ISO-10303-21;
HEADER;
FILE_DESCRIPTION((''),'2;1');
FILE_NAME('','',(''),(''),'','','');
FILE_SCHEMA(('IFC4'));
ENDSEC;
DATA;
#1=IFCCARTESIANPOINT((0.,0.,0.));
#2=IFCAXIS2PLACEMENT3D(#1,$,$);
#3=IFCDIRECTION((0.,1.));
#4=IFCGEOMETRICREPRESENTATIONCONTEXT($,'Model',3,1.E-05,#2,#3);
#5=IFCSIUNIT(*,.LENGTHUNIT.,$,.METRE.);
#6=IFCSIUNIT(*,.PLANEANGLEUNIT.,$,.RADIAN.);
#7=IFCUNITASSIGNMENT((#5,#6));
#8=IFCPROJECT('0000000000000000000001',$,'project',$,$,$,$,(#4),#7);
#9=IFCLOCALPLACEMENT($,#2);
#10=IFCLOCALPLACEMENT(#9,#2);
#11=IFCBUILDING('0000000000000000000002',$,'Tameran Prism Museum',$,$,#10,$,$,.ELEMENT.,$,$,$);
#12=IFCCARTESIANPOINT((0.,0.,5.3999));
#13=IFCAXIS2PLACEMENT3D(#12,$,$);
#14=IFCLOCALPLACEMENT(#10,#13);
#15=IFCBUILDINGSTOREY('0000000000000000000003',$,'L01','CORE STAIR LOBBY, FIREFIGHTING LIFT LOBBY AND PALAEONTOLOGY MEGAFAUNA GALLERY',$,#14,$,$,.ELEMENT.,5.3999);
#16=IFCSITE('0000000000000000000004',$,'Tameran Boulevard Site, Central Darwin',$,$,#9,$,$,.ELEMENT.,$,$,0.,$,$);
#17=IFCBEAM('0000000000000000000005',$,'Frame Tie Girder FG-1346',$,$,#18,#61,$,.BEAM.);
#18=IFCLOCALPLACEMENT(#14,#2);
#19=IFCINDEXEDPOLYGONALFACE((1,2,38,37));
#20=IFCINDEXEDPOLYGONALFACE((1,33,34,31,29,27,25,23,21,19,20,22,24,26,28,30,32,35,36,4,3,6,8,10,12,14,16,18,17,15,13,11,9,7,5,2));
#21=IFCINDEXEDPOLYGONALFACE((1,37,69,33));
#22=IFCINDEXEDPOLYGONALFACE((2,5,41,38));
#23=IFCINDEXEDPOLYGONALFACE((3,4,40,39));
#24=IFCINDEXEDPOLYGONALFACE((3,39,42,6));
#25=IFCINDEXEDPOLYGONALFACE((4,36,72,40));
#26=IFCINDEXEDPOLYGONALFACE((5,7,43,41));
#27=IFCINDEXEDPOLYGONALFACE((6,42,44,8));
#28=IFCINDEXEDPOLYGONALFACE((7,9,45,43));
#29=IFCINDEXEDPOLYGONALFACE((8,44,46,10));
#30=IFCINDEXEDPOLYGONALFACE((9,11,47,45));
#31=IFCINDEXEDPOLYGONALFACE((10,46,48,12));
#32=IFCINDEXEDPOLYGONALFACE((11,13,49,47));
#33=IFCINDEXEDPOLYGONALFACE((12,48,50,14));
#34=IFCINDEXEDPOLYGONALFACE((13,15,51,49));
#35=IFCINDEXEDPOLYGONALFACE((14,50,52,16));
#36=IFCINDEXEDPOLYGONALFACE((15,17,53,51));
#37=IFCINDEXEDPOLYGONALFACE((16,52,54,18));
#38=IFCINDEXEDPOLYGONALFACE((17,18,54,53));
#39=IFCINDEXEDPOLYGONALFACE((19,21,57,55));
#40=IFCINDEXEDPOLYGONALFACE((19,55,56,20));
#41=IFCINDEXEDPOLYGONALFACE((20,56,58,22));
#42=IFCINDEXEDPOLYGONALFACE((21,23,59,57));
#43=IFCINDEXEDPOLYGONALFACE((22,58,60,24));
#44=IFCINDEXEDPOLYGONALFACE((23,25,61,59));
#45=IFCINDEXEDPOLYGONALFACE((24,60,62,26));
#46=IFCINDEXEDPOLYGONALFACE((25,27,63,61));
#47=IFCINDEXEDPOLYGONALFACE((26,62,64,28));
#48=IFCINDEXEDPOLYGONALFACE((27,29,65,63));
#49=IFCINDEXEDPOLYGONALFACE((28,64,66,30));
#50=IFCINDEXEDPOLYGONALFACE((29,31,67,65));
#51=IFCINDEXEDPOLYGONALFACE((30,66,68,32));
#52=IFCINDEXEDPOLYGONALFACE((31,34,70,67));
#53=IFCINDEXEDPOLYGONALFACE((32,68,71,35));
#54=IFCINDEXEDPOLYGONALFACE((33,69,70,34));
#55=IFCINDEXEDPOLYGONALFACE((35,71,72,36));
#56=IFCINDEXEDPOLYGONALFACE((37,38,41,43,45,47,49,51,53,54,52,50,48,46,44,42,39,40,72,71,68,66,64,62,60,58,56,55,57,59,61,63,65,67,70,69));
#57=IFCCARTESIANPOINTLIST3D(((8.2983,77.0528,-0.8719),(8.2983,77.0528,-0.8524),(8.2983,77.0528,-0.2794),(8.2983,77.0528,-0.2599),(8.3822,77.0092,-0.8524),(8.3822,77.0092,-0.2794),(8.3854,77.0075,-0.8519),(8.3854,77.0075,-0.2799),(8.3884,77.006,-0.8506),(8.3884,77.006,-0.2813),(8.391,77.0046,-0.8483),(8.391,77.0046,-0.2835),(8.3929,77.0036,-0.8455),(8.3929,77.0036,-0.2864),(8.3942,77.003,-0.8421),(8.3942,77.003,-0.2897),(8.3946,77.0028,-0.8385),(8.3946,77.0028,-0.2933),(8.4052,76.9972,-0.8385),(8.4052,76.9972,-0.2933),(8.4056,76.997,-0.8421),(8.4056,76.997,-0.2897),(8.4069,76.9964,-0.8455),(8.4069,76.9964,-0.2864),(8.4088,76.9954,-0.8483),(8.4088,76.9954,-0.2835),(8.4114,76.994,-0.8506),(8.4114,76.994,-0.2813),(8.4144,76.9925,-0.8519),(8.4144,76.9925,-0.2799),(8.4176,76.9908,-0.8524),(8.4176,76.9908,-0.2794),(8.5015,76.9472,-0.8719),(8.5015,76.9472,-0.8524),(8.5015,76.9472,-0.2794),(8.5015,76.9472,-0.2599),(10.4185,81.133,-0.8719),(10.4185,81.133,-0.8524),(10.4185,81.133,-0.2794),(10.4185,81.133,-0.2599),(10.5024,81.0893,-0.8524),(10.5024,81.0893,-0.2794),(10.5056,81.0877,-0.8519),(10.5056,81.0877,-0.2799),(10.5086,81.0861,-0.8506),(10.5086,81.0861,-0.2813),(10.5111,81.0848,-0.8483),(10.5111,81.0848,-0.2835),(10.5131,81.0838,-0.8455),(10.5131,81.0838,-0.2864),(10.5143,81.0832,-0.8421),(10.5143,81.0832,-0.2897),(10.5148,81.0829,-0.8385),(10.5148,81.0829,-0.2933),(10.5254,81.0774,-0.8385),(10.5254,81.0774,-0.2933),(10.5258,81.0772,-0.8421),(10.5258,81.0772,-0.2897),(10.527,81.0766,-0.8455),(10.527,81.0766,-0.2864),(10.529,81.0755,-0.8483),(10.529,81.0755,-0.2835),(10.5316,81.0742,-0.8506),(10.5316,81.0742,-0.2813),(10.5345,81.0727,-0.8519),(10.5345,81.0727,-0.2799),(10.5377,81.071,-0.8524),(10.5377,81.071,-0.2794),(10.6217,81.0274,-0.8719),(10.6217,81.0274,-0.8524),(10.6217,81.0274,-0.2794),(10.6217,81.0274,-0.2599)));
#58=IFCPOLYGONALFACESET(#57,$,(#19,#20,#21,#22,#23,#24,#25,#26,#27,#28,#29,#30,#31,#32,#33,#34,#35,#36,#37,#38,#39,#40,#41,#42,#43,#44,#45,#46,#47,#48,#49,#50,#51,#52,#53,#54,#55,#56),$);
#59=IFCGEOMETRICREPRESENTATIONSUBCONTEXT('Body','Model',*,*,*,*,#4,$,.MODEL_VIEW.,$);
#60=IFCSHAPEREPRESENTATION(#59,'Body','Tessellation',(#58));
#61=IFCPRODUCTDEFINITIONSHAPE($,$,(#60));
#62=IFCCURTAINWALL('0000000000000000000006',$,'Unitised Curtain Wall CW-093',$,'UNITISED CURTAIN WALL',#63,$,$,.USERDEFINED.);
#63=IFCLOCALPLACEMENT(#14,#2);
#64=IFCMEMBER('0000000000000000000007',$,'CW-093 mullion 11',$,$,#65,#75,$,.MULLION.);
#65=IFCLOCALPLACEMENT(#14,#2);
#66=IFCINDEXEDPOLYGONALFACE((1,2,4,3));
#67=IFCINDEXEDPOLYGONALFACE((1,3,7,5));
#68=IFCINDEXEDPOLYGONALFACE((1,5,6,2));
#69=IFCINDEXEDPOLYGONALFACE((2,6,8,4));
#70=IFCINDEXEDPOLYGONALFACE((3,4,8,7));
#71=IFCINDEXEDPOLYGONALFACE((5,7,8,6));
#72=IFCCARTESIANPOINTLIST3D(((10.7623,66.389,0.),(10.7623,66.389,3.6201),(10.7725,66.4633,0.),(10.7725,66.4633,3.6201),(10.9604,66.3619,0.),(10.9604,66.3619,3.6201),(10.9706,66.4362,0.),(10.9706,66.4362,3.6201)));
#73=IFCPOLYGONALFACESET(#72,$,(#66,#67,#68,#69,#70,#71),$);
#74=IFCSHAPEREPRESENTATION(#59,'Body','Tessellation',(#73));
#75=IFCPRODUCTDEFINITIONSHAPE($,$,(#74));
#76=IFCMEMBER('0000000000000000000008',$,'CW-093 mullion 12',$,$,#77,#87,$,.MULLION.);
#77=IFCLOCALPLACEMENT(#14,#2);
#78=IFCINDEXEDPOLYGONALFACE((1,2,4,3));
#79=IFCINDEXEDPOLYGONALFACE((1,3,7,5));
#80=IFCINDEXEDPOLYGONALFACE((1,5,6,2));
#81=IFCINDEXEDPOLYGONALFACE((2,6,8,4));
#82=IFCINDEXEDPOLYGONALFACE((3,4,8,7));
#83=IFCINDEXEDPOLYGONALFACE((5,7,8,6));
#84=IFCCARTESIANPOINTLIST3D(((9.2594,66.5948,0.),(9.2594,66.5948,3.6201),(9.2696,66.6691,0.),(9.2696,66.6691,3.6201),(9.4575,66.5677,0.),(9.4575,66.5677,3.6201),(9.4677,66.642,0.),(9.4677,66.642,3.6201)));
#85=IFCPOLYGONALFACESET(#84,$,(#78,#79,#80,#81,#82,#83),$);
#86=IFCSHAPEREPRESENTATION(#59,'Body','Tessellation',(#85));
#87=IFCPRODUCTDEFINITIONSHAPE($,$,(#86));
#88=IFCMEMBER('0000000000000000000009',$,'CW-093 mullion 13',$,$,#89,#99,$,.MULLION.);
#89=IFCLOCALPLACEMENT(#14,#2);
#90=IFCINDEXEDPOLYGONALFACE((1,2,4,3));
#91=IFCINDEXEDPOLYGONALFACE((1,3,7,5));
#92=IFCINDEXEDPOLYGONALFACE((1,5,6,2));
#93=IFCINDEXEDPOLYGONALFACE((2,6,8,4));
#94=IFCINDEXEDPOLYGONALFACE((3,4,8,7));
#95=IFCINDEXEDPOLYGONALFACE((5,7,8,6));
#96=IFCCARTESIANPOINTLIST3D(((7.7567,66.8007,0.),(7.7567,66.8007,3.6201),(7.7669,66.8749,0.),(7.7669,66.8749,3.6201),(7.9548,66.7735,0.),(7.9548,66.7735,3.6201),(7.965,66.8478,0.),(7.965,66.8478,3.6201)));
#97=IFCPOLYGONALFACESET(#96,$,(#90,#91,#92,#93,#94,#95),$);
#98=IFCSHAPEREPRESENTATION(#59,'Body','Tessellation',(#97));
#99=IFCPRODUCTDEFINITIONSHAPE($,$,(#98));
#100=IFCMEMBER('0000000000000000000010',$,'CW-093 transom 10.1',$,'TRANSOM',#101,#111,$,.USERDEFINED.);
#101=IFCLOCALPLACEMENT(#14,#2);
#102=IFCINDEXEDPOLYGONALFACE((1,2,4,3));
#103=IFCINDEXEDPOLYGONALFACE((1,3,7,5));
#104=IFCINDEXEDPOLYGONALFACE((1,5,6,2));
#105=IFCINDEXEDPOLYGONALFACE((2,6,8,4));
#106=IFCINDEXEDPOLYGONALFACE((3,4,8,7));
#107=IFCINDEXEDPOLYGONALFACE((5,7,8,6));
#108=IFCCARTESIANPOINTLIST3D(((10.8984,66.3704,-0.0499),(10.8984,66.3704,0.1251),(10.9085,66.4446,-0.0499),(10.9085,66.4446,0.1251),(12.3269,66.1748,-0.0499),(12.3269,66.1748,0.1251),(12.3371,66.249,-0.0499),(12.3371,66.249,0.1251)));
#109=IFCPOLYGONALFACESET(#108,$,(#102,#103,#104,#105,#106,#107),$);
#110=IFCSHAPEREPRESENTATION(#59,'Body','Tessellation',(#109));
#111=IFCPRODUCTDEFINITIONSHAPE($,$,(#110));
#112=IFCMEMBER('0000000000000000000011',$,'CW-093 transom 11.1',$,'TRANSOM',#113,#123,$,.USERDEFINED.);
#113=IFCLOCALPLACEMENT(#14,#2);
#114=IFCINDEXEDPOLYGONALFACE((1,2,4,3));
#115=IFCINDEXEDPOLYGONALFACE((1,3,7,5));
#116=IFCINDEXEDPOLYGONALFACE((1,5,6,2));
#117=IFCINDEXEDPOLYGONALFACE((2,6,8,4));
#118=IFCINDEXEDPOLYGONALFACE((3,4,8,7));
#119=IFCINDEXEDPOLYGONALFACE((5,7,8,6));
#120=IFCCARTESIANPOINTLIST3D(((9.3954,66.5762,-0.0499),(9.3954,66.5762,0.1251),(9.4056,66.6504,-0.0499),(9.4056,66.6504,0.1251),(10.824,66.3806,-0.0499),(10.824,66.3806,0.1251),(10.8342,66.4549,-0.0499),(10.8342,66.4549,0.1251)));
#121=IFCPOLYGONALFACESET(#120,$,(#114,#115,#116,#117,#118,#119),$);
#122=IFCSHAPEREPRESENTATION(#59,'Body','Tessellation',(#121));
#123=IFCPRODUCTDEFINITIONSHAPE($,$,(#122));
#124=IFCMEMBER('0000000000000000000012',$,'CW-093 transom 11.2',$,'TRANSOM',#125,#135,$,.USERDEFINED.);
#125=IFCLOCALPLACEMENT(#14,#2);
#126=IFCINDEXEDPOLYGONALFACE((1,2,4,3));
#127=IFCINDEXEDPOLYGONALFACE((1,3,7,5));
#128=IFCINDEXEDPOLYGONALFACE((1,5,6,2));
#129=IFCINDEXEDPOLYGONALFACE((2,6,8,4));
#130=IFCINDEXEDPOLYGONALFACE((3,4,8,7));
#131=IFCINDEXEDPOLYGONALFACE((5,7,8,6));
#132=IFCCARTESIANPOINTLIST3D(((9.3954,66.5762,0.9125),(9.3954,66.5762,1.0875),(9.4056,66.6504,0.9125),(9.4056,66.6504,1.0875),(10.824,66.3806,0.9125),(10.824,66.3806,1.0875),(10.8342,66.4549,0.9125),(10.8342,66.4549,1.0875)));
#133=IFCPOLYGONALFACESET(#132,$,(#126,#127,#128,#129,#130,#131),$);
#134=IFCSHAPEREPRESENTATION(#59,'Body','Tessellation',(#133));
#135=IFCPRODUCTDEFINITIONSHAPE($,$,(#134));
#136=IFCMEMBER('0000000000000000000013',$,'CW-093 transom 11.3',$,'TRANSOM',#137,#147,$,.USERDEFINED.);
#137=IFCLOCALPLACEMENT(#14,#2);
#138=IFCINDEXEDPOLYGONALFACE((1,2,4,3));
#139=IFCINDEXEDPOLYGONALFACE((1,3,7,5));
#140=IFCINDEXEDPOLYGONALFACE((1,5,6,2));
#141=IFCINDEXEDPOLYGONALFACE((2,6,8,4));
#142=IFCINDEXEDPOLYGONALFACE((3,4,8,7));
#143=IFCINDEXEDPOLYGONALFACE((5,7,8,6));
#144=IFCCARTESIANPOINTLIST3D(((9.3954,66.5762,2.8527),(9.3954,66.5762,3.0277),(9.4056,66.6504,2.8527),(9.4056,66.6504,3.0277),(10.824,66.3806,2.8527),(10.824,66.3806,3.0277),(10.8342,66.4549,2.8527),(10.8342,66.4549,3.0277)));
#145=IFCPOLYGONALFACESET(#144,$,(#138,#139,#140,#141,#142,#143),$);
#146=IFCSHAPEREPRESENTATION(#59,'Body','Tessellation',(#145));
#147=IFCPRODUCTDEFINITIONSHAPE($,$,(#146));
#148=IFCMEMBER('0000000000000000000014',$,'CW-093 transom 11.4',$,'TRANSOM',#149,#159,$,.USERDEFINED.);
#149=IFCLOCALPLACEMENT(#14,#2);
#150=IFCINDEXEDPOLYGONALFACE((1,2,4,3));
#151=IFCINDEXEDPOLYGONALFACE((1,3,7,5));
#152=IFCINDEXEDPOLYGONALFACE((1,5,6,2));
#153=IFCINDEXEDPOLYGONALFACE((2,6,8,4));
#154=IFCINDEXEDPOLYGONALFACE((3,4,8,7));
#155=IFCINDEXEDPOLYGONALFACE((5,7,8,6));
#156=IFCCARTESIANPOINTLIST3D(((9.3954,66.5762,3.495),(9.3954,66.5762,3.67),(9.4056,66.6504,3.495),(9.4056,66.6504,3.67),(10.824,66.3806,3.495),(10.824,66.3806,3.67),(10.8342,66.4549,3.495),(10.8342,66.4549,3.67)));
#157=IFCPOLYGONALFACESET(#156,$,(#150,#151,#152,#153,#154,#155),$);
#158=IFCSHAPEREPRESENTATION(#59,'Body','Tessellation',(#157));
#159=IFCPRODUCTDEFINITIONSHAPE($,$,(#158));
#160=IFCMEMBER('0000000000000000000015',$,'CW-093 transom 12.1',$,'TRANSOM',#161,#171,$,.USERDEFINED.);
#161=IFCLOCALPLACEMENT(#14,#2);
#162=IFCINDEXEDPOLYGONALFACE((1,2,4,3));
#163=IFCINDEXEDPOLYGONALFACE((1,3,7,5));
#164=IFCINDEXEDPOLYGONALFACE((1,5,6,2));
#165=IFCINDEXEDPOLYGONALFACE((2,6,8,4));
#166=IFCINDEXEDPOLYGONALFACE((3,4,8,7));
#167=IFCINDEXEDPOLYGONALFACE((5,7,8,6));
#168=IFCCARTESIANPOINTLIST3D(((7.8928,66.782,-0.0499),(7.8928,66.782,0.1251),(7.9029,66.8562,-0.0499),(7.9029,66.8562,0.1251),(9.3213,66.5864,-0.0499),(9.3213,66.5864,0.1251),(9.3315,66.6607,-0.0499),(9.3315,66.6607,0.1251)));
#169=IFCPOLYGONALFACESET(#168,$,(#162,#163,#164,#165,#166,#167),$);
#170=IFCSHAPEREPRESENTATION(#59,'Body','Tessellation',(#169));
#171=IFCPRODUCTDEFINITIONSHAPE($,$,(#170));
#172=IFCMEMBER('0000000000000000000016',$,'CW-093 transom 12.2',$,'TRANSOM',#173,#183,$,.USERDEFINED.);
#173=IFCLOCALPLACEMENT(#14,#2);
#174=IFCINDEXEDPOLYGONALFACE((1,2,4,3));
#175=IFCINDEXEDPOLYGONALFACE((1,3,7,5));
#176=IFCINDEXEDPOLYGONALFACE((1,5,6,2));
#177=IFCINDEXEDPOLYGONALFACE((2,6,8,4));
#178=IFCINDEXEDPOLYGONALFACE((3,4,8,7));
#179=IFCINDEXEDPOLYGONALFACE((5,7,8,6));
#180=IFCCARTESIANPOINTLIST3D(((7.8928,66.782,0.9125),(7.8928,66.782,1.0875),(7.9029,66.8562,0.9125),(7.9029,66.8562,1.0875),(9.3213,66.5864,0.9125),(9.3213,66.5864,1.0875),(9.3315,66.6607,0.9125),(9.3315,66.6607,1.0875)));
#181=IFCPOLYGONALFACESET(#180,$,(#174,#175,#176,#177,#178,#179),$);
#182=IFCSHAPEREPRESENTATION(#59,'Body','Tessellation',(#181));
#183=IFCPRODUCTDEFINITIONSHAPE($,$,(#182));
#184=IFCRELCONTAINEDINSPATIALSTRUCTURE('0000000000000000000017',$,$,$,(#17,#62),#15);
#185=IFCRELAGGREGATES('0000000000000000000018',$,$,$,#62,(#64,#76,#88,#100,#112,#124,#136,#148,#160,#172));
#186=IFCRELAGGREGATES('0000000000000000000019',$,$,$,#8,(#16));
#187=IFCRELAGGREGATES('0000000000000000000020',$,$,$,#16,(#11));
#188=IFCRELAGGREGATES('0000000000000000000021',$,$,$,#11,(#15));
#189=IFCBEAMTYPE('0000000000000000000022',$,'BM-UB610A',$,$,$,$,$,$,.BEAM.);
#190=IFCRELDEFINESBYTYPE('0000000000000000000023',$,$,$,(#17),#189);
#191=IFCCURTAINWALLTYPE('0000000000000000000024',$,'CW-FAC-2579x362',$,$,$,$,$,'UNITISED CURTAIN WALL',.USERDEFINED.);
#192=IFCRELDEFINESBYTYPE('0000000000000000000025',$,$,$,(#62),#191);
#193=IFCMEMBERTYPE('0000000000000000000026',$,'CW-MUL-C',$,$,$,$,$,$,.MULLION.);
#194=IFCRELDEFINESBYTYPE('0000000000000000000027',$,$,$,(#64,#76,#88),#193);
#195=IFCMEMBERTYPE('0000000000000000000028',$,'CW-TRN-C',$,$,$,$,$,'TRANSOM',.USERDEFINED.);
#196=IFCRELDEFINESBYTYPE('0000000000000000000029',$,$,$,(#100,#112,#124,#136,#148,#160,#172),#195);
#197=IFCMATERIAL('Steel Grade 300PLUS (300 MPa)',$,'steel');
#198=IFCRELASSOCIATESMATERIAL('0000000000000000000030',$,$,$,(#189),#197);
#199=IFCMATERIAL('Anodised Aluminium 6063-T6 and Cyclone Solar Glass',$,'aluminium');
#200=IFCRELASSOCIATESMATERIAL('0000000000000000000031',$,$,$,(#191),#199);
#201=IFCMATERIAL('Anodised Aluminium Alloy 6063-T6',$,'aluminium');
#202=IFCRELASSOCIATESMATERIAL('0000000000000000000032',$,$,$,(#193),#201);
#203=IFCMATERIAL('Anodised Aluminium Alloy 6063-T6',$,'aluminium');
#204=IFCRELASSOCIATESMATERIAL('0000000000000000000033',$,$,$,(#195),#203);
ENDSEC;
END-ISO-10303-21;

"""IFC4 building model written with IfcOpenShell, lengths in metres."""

from ifc_helpers import new_model, si_unit, direction, frame, origin, origin_2d, place, context, subcontext, project, spatial, rectangle, i_section, extrude, material, material_profile, profile_set, type_object, element, aggregate, save


model = new_model("IFC4")

# Units and contexts
model_context = context("Model", 3, precision=1e-05, world=origin(), true_north=direction((0.0, 1.0)))
body_context = subcontext(model_context, "Body", "Model", "MODEL_VIEW")
ifc_project = project(units=[si_unit("LENGTHUNIT", "METRE"), si_unit("PLANEANGLEUNIT", "RADIAN")], contexts=[model_context])

# Site, building, storey
site_placement = place(None, origin())
site = spatial("IfcSite", under=ifc_project, at=site_placement, Name="Tameran Boulevard Site, Central Darwin", CompositionType="ELEMENT", RefElevation=0.0)
building_placement = place(site_placement, origin())
building = spatial("IfcBuilding", under=site, at=building_placement, Name="Tameran Prism Museum", CompositionType="ELEMENT")
storey_placement = place(building_placement, frame((0.0, 0.0, 5.3999)))
storey = spatial("IfcBuildingStorey", under=building, at=storey_placement, Name="L01", Description="CORE STAIR LOBBY, FIREFIGHTING LIFT LOBBY AND PALAEONTOLOGY MEGAFAUNA GALLERY", CompositionType="ELEMENT", Elevation=5.3999)

# Beam
ifc_material_1 = material(Name="Steel Grade 300PLUS (300 MPa)", Category="steel")
ifc_material_profile_1 = material_profile(ifc_material_1, i_section(OverallWidth=0.229, OverallDepth=0.6121, WebThickness=0.012, FlangeThickness=0.0195, FilletRadius=0.0139, at=origin_2d()))
ifc_profile_set_1 = profile_set([ifc_material_profile_1])
beam_type_1 = type_object("IfcBeamType", Name="BM-UB610A", PredefinedType="BEAM", material=ifc_profile_set_1)
beam_1_placement = place(storey_placement, frame((8.3999, 77.0, -0.5659), z_axis=(0.461092, 0.887352, 0.0), x_axis=(-0.887352, 0.461092, 0.0)))
element("IfcBeam", 1, at=beam_1_placement, inside=storey, type_object=beam_type_1, Name="Frame Tie Girder FG-1346", PredefinedType="BEAM", context=body_context, shape_type="SweptSolid", body=[
    extrude(i_section(OverallWidth=0.229, OverallDepth=0.6121, WebThickness=0.012, FlangeThickness=0.0195, FilletRadius=0.0139, at=origin_2d()), origin(), (0.0, 0.0, 1.0), 4.5981),
])

# Curtain wall, members
ifc_material_2 = material(Name="Anodised Aluminium 6063-T6 and Cyclone Solar Glass", Category="aluminium")
curtain_wall_type = type_object("IfcCurtainWallType", Name="CW-FAC-2579x362", ElementType="UNITISED CURTAIN WALL", PredefinedType="USERDEFINED", material=ifc_material_2)
curtain_wall_placement = place(storey_placement, origin())
curtain_wall = element("IfcCurtainWall", 2, at=curtain_wall_placement, inside=storey, type_object=curtain_wall_type, Name="Unitised Curtain Wall CW-093", ObjectType="UNITISED CURTAIN WALL", PredefinedType="USERDEFINED")
ifc_material_3 = material(Name="Anodised Aluminium Alloy 6063-T6", Category="aluminium")
ifc_material_profile_2 = material_profile(ifc_material_3, rectangle(XDim=0.075, YDim=0.2, at=origin_2d()))
ifc_profile_set_2 = profile_set([ifc_material_profile_2])
member_type_1 = type_object("IfcMemberType", Name="CW-MUL-C", PredefinedType="MULLION", material=ifc_profile_set_2)
member_1_placement = place(storey_placement, frame((10.8665, 66.4126, 0.0), z_axis=(0.0, 0.0, 1.0), x_axis=(-0.135658, -0.990756, 0.0)))
member_1 = element("IfcMember", 3, at=member_1_placement, type_object=member_type_1, Name="CW-093 mullion 11", PredefinedType="MULLION", context=body_context, shape_type="SweptSolid", body=[
    extrude(rectangle(XDim=0.075, YDim=0.2, at=origin_2d()), origin(), (0.0, 0.0, 1.0), 3.6201),
])
member_2_placement = place(storey_placement, frame((9.3635, 66.6184, 0.0), z_axis=(0.0, 0.0, 1.0), x_axis=(-0.135658, -0.990756, 0.0)))
member_2 = element("IfcMember", 4, at=member_2_placement, type_object=member_type_1, Name="CW-093 mullion 12", PredefinedType="MULLION", context=body_context, shape_type="SweptSolid", body=[
    extrude(rectangle(XDim=0.075, YDim=0.2, at=origin_2d()), origin(), (0.0, 0.0, 1.0), 3.6201),
])
member_3_placement = place(storey_placement, frame((7.8608, 66.8242, 0.0), z_axis=(0.0, 0.0, 1.0), x_axis=(-0.135658, -0.990756, 0.0)))
member_3 = element("IfcMember", 5, at=member_3_placement, type_object=member_type_1, Name="CW-093 mullion 13", PredefinedType="MULLION", context=body_context, shape_type="SweptSolid", body=[
    extrude(rectangle(XDim=0.075, YDim=0.2, at=origin_2d()), origin(), (0.0, 0.0, 1.0), 3.6201),
])
ifc_material_4 = material(Name="Anodised Aluminium Alloy 6063-T6", Category="aluminium")
ifc_material_profile_3 = material_profile(ifc_material_4, rectangle(XDim=0.075, YDim=0.175, at=origin_2d()))
ifc_profile_set_3 = profile_set([ifc_material_profile_3])
member_type_2 = type_object("IfcMemberType", Name="CW-TRN-C", ElementType="TRANSOM", PredefinedType="USERDEFINED", material=ifc_profile_set_3)
member_4_placement = place(storey_placement, frame((12.332, 66.2119, 0.0376), z_axis=(-0.990759, 0.135635, 0.0), x_axis=(-0.135635, -0.990759, 0.0)))
member_4 = element("IfcMember", 6, at=member_4_placement, type_object=member_type_2, Name="CW-093 transom 10.1", ObjectType="TRANSOM", PredefinedType="USERDEFINED", context=body_context, shape_type="SweptSolid", body=[
    extrude(rectangle(XDim=0.075, YDim=0.175, at=origin_2d()), origin(), (0.0, 0.0, 1.0), 1.4419),
])
member_5_placement = place(storey_placement, frame((10.8291, 66.4177, 0.0376), z_axis=(-0.990759, 0.135635, 0.0), x_axis=(-0.135635, -0.990759, 0.0)))
member_5 = element("IfcMember", 7, at=member_5_placement, type_object=member_type_2, Name="CW-093 transom 11.1", ObjectType="TRANSOM", PredefinedType="USERDEFINED", context=body_context, shape_type="SweptSolid", body=[
    extrude(rectangle(XDim=0.075, YDim=0.175, at=origin_2d()), origin(), (0.0, 0.0, 1.0), 1.4419),
])
member_6_placement = place(storey_placement, frame((10.8291, 66.4177, 1.0), z_axis=(-0.990759, 0.135635, 0.0), x_axis=(-0.135635, -0.990759, 0.0)))
member_6 = element("IfcMember", 8, at=member_6_placement, type_object=member_type_2, Name="CW-093 transom 11.2", ObjectType="TRANSOM", PredefinedType="USERDEFINED", context=body_context, shape_type="SweptSolid", body=[
    extrude(rectangle(XDim=0.075, YDim=0.175, at=origin_2d()), origin(), (0.0, 0.0, 1.0), 1.4419),
])
member_7_placement = place(storey_placement, frame((10.8291, 66.4177, 2.9402), z_axis=(-0.990759, 0.135635, 0.0), x_axis=(-0.135635, -0.990759, 0.0)))
member_7 = element("IfcMember", 9, at=member_7_placement, type_object=member_type_2, Name="CW-093 transom 11.3", ObjectType="TRANSOM", PredefinedType="USERDEFINED", context=body_context, shape_type="SweptSolid", body=[
    extrude(rectangle(XDim=0.075, YDim=0.175, at=origin_2d()), origin(), (0.0, 0.0, 1.0), 1.4419),
])
member_8_placement = place(storey_placement, frame((10.8291, 66.4177, 3.5825), z_axis=(-0.990759, 0.135635, 0.0), x_axis=(-0.135635, -0.990759, 0.0)))
member_8 = element("IfcMember", 10, at=member_8_placement, type_object=member_type_2, Name="CW-093 transom 11.4", ObjectType="TRANSOM", PredefinedType="USERDEFINED", context=body_context, shape_type="SweptSolid", body=[
    extrude(rectangle(XDim=0.075, YDim=0.175, at=origin_2d()), origin(), (0.0, 0.0, 1.0), 1.4419),
])
member_9_placement = place(storey_placement, frame((9.3264, 66.6235, 0.0376), z_axis=(-0.990759, 0.135635, 0.0), x_axis=(-0.135635, -0.990759, 0.0)))
member_9 = element("IfcMember", 11, at=member_9_placement, type_object=member_type_2, Name="CW-093 transom 12.1", ObjectType="TRANSOM", PredefinedType="USERDEFINED", context=body_context, shape_type="SweptSolid", body=[
    extrude(rectangle(XDim=0.075, YDim=0.175, at=origin_2d()), origin(), (0.0, 0.0, 1.0), 1.4419),
])
member_10_placement = place(storey_placement, frame((9.3264, 66.6235, 1.0), z_axis=(-0.990759, 0.135635, 0.0), x_axis=(-0.135635, -0.990759, 0.0)))
member_10 = element("IfcMember", 12, at=member_10_placement, type_object=member_type_2, Name="CW-093 transom 12.2", ObjectType="TRANSOM", PredefinedType="USERDEFINED", context=body_context, shape_type="SweptSolid", body=[
    extrude(rectangle(XDim=0.075, YDim=0.175, at=origin_2d()), origin(), (0.0, 0.0, 1.0), 1.4419),
])
aggregate(curtain_wall, [member_1, member_2, member_3, member_4, member_5, member_6, member_7, member_8, member_9, member_10])

save(model, "model.ifc")
